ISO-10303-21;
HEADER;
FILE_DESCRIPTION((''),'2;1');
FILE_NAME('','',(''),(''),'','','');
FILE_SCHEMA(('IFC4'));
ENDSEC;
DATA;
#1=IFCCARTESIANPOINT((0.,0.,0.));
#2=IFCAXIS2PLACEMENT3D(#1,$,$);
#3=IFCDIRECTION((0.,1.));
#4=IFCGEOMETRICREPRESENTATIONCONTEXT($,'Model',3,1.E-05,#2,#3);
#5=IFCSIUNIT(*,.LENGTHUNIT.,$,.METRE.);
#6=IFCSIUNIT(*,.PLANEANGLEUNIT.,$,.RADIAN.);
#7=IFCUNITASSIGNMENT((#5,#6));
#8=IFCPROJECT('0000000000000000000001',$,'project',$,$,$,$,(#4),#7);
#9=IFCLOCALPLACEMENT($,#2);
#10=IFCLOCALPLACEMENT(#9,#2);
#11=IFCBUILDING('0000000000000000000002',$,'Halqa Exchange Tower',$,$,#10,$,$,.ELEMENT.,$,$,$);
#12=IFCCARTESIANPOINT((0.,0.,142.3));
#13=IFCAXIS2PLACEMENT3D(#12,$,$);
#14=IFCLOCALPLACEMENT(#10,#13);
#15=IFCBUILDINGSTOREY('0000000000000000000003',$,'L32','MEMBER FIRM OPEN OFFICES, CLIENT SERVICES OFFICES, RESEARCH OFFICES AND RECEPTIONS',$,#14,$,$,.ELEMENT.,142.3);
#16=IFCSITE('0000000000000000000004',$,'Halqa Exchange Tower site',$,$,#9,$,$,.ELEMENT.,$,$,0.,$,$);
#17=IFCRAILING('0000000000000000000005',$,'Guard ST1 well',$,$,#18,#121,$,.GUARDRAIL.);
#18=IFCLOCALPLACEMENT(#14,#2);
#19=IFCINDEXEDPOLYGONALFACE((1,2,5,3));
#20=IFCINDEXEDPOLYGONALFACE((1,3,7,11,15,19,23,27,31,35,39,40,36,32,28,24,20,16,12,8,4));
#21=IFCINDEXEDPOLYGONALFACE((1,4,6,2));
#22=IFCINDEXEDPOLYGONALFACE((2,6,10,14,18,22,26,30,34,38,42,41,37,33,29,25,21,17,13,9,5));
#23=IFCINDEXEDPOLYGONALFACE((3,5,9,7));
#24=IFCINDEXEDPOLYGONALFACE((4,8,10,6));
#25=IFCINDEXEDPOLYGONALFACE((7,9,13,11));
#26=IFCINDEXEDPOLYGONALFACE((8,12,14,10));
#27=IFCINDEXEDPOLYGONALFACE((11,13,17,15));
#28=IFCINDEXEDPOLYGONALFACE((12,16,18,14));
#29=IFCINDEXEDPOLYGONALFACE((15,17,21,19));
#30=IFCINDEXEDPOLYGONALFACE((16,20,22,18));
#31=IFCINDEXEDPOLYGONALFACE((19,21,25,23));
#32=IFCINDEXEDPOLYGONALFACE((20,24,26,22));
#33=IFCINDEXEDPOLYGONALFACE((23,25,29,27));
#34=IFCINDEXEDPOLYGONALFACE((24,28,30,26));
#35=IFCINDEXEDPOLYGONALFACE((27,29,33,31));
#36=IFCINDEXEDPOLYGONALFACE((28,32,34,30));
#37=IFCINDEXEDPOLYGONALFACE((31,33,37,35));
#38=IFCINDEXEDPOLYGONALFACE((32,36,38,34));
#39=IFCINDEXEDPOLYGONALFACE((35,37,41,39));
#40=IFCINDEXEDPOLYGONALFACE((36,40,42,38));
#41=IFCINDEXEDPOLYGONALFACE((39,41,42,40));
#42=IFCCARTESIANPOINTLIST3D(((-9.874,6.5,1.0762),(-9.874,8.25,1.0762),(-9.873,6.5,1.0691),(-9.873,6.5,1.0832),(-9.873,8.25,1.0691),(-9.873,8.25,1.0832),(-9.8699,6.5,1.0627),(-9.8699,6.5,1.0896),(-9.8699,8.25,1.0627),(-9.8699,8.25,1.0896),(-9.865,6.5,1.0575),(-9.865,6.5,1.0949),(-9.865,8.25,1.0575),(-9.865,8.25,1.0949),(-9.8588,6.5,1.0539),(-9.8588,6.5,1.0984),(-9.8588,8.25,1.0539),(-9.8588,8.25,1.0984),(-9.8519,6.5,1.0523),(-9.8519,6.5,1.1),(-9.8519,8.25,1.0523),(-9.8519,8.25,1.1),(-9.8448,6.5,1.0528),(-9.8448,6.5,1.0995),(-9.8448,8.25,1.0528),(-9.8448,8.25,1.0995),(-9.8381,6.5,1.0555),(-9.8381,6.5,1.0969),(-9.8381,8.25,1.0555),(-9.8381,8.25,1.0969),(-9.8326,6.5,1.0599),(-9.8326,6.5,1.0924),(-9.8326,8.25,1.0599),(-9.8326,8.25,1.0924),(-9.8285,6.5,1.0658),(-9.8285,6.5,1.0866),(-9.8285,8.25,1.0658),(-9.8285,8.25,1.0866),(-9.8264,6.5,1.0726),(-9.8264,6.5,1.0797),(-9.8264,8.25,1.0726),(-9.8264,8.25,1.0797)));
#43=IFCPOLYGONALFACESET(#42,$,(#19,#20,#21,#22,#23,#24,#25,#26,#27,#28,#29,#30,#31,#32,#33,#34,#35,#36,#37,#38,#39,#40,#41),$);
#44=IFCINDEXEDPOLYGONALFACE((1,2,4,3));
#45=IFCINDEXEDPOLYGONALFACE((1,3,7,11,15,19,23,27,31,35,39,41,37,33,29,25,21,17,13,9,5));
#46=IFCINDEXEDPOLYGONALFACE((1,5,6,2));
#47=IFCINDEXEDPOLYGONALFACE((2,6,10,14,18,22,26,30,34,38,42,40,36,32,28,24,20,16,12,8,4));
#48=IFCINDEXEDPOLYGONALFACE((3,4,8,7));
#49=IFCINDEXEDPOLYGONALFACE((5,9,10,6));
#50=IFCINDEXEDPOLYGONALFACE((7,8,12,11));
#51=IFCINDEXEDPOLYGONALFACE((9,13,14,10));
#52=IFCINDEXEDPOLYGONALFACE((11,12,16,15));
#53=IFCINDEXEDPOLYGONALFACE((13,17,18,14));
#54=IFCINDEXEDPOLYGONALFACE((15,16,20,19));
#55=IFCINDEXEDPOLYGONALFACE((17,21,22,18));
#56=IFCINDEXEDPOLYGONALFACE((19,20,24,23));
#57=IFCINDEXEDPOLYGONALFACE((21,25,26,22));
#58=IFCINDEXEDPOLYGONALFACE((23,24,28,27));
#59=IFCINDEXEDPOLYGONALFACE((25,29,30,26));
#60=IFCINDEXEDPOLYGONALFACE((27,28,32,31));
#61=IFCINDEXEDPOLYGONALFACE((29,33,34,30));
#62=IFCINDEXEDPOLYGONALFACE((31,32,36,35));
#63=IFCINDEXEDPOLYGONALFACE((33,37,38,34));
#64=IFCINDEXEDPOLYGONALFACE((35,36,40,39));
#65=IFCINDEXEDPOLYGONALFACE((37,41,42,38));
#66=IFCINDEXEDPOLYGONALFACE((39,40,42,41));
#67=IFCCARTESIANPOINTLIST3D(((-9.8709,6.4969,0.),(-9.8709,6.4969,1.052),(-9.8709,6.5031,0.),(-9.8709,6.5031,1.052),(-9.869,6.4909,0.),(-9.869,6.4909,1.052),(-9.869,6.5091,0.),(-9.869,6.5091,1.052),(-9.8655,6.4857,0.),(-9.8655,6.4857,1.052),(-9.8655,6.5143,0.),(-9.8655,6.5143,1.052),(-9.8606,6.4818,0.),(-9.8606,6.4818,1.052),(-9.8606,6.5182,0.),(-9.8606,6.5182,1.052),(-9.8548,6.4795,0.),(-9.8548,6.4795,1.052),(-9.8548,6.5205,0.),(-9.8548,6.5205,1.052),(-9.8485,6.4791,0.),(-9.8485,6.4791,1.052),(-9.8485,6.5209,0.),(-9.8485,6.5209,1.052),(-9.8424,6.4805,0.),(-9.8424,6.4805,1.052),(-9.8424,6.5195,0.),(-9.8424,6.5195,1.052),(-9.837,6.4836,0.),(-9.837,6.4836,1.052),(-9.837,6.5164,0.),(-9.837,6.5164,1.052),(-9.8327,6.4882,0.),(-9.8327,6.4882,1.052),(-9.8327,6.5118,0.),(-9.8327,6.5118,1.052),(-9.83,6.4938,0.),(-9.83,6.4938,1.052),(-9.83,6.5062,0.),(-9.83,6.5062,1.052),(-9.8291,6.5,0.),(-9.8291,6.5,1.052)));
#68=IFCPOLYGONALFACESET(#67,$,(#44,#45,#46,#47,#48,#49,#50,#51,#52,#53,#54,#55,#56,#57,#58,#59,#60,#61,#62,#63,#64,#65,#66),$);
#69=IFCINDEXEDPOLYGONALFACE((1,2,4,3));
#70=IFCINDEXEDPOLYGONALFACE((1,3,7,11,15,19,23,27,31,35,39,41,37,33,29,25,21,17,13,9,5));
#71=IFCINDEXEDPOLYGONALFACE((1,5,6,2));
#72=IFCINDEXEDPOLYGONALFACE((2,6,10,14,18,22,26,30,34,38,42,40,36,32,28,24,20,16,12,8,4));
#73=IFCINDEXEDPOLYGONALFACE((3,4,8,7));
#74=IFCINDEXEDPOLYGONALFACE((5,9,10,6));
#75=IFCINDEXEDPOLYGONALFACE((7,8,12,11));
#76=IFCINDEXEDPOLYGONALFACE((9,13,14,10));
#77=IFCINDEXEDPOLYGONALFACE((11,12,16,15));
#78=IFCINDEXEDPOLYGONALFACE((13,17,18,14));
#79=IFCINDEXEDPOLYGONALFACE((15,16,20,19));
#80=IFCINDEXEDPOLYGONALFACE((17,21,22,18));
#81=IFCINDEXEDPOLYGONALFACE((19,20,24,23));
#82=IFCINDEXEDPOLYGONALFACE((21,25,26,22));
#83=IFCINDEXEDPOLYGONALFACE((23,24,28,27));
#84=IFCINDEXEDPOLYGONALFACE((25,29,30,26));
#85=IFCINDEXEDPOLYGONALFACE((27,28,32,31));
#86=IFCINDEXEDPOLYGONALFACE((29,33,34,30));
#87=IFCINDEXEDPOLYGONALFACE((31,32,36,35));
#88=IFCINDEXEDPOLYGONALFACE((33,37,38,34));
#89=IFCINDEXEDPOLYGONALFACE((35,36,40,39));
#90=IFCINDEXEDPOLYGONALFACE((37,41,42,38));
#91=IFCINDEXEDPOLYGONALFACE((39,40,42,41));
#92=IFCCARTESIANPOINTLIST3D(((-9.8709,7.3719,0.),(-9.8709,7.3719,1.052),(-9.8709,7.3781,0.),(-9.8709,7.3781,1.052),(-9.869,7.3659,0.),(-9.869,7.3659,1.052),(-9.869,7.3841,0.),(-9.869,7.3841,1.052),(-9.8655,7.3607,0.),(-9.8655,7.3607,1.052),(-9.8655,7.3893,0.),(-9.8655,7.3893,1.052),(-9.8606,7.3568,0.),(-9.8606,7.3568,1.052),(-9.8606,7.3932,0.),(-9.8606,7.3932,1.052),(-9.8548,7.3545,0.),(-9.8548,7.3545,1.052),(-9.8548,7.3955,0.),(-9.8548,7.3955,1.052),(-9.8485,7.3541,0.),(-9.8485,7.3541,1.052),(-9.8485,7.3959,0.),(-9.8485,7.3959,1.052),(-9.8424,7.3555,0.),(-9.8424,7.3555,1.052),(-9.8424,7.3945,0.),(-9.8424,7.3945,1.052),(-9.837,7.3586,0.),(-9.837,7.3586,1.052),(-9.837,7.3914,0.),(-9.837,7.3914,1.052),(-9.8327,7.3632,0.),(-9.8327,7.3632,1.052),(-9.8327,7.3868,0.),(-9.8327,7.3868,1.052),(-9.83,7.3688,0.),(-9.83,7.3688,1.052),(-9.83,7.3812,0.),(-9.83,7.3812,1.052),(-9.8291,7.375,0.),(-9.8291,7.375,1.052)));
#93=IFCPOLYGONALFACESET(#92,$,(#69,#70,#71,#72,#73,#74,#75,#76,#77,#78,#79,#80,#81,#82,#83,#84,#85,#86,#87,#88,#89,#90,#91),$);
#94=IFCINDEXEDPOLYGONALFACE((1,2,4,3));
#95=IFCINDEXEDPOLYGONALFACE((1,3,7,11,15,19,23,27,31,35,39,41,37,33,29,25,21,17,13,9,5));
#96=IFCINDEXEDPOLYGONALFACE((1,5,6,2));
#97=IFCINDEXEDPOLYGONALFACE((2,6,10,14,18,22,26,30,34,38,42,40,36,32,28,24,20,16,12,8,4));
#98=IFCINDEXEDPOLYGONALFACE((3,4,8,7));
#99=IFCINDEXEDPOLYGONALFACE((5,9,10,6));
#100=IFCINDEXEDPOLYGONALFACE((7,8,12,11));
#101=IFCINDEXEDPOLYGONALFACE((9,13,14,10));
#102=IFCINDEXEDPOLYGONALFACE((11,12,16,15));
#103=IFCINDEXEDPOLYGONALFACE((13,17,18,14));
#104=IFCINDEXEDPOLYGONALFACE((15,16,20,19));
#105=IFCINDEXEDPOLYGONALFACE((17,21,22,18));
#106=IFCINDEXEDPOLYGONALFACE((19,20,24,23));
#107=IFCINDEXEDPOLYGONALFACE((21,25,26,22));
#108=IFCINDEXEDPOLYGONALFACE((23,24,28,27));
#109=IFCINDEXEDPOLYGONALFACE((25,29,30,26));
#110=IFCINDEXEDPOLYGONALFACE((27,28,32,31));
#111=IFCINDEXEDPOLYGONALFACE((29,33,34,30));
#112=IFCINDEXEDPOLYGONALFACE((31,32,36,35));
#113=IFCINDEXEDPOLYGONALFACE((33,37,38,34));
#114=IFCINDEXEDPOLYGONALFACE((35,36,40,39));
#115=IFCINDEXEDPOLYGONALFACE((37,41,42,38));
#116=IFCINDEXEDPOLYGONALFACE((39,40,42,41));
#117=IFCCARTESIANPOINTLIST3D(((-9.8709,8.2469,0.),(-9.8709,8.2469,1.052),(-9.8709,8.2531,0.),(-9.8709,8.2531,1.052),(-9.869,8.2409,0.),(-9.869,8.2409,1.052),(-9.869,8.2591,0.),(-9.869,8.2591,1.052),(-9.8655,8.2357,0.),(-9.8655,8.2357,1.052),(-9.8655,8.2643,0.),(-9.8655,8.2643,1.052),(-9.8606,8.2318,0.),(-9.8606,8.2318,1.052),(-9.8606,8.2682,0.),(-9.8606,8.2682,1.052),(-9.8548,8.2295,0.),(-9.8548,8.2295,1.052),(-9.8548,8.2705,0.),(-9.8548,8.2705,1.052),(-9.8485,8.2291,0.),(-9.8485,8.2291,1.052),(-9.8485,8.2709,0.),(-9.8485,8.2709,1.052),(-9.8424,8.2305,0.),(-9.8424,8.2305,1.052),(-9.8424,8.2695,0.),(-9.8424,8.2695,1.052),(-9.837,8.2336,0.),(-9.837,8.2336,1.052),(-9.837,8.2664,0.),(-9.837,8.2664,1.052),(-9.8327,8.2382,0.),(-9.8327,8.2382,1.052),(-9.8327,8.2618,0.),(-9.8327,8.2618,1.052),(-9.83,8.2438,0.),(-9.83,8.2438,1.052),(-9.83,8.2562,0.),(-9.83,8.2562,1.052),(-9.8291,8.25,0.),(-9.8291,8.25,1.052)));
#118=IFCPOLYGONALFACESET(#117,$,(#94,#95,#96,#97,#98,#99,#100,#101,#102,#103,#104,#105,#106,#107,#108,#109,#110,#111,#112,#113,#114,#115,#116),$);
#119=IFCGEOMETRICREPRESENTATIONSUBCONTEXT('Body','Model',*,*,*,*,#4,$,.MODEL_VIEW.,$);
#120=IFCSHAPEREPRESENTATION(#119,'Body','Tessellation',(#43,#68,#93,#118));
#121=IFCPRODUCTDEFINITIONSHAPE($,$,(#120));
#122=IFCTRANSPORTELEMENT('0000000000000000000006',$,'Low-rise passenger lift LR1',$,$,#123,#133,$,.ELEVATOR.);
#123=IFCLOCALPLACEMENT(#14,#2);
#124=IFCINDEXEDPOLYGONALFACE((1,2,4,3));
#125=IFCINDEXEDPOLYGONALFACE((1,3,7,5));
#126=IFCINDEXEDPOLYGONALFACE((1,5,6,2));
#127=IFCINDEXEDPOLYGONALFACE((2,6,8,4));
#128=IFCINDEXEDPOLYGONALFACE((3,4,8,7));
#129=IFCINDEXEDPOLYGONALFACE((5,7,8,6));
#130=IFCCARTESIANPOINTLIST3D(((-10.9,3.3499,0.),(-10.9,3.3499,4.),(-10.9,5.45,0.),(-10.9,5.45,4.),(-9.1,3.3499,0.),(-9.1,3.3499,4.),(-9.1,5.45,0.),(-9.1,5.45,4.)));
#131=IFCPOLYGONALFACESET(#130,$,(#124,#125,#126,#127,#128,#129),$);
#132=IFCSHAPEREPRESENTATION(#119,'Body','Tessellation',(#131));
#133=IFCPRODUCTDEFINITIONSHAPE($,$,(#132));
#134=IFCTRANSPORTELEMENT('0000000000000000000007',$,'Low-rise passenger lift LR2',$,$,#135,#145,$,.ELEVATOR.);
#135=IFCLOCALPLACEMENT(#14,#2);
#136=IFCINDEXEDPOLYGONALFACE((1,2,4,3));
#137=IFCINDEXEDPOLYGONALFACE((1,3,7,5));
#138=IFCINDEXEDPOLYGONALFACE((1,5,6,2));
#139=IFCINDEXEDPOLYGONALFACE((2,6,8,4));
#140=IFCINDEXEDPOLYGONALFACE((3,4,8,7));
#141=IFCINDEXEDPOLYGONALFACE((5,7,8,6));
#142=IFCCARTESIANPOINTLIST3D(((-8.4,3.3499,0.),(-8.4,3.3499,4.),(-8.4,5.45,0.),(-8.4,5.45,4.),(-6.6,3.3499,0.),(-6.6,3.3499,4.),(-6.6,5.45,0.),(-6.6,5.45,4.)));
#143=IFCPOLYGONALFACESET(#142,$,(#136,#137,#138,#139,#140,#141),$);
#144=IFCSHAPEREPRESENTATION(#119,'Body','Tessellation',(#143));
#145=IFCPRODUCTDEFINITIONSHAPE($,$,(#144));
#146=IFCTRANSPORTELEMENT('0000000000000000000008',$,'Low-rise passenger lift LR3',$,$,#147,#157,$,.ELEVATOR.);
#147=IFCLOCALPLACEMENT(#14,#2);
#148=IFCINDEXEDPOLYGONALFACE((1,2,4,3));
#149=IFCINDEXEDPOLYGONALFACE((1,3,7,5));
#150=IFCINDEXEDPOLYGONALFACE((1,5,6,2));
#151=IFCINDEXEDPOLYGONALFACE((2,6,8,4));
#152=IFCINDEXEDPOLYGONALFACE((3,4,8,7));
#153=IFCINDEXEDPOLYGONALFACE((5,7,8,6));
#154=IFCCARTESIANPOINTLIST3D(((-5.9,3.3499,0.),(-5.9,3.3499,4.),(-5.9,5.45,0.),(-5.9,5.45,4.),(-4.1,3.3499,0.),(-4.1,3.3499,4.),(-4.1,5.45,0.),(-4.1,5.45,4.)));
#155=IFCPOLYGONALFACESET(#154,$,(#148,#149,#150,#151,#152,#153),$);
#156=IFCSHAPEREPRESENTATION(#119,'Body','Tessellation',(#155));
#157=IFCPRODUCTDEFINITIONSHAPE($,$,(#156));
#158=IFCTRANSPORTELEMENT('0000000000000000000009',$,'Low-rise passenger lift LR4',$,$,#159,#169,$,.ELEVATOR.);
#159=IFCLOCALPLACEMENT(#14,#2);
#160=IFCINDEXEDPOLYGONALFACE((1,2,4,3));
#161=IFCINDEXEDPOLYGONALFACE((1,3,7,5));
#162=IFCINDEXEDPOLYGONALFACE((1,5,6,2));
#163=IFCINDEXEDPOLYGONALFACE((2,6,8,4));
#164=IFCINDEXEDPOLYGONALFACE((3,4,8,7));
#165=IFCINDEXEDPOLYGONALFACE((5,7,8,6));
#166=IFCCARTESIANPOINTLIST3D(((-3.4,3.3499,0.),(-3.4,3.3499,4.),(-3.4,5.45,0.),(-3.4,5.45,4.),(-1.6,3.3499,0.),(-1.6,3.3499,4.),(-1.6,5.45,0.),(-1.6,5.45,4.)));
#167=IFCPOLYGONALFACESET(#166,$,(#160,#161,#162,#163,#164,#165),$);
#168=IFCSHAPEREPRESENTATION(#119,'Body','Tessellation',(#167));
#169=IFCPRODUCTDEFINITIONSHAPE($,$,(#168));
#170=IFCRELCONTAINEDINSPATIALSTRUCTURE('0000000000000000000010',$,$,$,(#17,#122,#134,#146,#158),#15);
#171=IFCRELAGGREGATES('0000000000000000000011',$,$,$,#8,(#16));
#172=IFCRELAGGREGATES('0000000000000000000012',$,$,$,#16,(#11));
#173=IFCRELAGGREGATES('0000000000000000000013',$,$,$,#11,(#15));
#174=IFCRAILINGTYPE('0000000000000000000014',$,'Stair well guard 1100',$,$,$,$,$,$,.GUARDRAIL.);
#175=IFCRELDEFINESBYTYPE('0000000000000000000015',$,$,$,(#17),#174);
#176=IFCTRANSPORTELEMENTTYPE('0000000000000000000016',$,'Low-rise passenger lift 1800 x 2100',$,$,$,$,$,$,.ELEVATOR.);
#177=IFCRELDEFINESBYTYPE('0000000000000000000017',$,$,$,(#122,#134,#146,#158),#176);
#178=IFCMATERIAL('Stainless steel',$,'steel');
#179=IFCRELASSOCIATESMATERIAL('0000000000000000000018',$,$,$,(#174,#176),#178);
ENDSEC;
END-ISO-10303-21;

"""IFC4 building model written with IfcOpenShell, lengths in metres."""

from ifc_helpers import new_model, si_unit, direction, frame, origin, origin_2d, place, context, subcontext, project, spatial, rectangle, circle, extrude, material, type_object, element, save


model = new_model("IFC4")

# Units and contexts
model_context = context("Model", 3, precision=1e-05, world=origin(), true_north=direction((0.0, 1.0)))
body_context = subcontext(model_context, "Body", "Model", "MODEL_VIEW")
ifc_project = project(units=[si_unit("LENGTHUNIT", "METRE"), si_unit("PLANEANGLEUNIT", "RADIAN")], contexts=[model_context])

# Site, building, storey
site_placement = place(None, origin())
site = spatial("IfcSite", under=ifc_project, at=site_placement, Name="Halqa Exchange Tower site", CompositionType="ELEMENT", RefElevation=0.0)
building_placement = place(site_placement, origin())
building = spatial("IfcBuilding", under=site, at=building_placement, Name="Halqa Exchange Tower", CompositionType="ELEMENT")
storey_placement = place(building_placement, frame((0.0, 0.0, 142.3)))
storey = spatial("IfcBuildingStorey", under=building, at=storey_placement, Name="L32", Description="MEMBER FIRM OPEN OFFICES, CLIENT SERVICES OFFICES, RESEARCH OFFICES AND RECEPTIONS", CompositionType="ELEMENT", Elevation=142.3)

# Shared definitions
ifc_material_1 = material(Name="Stainless steel", Category="steel")

# Railing
railing_type_1 = type_object("IfcRailingType", Name="Stair well guard 1100", PredefinedType="GUARDRAIL", material=ifc_material_1)
railing_1_placement = place(storey_placement, frame((-9.8501, 6.5, 0.0)))
element("IfcRailing", 1, at=railing_1_placement, inside=storey, type_object=railing_type_1, Name="Guard ST1 well", PredefinedType="GUARDRAIL", context=body_context, shape_type="SweptSolid", body=[
    extrude(circle(Radius=0.0239, at=origin_2d()), frame((0.0, 0.0, 1.0762), z_axis=(0.0, 1.0, 0.0), x_axis=(-1.0, 0.0, 0.0)), (0.0, 0.0, 1.0), 1.75),
    extrude(circle(Radius=0.021, at=origin_2d()), origin(), (0.0, 0.0, 1.0), 1.052),
    extrude(circle(Radius=0.021, at=origin_2d()), frame((0.0, 0.875, 0.0)), (0.0, 0.0, 1.0), 1.052),
    extrude(circle(Radius=0.021, at=origin_2d()), frame((0.0, 1.75, 0.0)), (0.0, 0.0, 1.0), 1.052),
])

# Transport elements
transport_element_type = type_object("IfcTransportElementType", Name="Low-rise passenger lift 1800 x 2100", PredefinedType="ELEVATOR", material=ifc_material_1)
for number, where, z_axis, x_axis, name in (
    (2, (-10.0, 4.3999, 0.0), (0.0, 0.0, 1.0), (1.0, 0.0, 0.0), "Low-rise passenger lift LR1"),
    (3, (-7.5, 4.3999, 0.0), (0.0, 0.0, 1.0), (1.0, 0.0, 0.0), "Low-rise passenger lift LR2"),
    (4, (-5.0, 4.3999, 0.0), (0.0, 0.0, 1.0), (1.0, 0.0, 0.0), "Low-rise passenger lift LR3"),
    (5, (-2.5, 4.3999, 0.0), (0.0, 0.0, 1.0), (1.0, 0.0, 0.0), "Low-rise passenger lift LR4"),
):
    element("IfcTransportElement", number, at=place(storey_placement, frame(where, z_axis=z_axis, x_axis=x_axis)), inside=storey, type_object=transport_element_type, Name=name, PredefinedType="ELEVATOR", context=body_context, shape_type="SweptSolid", body=[
        extrude(rectangle(XDim=1.8, YDim=2.1001, at=origin_2d()), origin(), (0.0, 0.0, 1.0), 4.0),
    ])

save(model, "model.ifc")
